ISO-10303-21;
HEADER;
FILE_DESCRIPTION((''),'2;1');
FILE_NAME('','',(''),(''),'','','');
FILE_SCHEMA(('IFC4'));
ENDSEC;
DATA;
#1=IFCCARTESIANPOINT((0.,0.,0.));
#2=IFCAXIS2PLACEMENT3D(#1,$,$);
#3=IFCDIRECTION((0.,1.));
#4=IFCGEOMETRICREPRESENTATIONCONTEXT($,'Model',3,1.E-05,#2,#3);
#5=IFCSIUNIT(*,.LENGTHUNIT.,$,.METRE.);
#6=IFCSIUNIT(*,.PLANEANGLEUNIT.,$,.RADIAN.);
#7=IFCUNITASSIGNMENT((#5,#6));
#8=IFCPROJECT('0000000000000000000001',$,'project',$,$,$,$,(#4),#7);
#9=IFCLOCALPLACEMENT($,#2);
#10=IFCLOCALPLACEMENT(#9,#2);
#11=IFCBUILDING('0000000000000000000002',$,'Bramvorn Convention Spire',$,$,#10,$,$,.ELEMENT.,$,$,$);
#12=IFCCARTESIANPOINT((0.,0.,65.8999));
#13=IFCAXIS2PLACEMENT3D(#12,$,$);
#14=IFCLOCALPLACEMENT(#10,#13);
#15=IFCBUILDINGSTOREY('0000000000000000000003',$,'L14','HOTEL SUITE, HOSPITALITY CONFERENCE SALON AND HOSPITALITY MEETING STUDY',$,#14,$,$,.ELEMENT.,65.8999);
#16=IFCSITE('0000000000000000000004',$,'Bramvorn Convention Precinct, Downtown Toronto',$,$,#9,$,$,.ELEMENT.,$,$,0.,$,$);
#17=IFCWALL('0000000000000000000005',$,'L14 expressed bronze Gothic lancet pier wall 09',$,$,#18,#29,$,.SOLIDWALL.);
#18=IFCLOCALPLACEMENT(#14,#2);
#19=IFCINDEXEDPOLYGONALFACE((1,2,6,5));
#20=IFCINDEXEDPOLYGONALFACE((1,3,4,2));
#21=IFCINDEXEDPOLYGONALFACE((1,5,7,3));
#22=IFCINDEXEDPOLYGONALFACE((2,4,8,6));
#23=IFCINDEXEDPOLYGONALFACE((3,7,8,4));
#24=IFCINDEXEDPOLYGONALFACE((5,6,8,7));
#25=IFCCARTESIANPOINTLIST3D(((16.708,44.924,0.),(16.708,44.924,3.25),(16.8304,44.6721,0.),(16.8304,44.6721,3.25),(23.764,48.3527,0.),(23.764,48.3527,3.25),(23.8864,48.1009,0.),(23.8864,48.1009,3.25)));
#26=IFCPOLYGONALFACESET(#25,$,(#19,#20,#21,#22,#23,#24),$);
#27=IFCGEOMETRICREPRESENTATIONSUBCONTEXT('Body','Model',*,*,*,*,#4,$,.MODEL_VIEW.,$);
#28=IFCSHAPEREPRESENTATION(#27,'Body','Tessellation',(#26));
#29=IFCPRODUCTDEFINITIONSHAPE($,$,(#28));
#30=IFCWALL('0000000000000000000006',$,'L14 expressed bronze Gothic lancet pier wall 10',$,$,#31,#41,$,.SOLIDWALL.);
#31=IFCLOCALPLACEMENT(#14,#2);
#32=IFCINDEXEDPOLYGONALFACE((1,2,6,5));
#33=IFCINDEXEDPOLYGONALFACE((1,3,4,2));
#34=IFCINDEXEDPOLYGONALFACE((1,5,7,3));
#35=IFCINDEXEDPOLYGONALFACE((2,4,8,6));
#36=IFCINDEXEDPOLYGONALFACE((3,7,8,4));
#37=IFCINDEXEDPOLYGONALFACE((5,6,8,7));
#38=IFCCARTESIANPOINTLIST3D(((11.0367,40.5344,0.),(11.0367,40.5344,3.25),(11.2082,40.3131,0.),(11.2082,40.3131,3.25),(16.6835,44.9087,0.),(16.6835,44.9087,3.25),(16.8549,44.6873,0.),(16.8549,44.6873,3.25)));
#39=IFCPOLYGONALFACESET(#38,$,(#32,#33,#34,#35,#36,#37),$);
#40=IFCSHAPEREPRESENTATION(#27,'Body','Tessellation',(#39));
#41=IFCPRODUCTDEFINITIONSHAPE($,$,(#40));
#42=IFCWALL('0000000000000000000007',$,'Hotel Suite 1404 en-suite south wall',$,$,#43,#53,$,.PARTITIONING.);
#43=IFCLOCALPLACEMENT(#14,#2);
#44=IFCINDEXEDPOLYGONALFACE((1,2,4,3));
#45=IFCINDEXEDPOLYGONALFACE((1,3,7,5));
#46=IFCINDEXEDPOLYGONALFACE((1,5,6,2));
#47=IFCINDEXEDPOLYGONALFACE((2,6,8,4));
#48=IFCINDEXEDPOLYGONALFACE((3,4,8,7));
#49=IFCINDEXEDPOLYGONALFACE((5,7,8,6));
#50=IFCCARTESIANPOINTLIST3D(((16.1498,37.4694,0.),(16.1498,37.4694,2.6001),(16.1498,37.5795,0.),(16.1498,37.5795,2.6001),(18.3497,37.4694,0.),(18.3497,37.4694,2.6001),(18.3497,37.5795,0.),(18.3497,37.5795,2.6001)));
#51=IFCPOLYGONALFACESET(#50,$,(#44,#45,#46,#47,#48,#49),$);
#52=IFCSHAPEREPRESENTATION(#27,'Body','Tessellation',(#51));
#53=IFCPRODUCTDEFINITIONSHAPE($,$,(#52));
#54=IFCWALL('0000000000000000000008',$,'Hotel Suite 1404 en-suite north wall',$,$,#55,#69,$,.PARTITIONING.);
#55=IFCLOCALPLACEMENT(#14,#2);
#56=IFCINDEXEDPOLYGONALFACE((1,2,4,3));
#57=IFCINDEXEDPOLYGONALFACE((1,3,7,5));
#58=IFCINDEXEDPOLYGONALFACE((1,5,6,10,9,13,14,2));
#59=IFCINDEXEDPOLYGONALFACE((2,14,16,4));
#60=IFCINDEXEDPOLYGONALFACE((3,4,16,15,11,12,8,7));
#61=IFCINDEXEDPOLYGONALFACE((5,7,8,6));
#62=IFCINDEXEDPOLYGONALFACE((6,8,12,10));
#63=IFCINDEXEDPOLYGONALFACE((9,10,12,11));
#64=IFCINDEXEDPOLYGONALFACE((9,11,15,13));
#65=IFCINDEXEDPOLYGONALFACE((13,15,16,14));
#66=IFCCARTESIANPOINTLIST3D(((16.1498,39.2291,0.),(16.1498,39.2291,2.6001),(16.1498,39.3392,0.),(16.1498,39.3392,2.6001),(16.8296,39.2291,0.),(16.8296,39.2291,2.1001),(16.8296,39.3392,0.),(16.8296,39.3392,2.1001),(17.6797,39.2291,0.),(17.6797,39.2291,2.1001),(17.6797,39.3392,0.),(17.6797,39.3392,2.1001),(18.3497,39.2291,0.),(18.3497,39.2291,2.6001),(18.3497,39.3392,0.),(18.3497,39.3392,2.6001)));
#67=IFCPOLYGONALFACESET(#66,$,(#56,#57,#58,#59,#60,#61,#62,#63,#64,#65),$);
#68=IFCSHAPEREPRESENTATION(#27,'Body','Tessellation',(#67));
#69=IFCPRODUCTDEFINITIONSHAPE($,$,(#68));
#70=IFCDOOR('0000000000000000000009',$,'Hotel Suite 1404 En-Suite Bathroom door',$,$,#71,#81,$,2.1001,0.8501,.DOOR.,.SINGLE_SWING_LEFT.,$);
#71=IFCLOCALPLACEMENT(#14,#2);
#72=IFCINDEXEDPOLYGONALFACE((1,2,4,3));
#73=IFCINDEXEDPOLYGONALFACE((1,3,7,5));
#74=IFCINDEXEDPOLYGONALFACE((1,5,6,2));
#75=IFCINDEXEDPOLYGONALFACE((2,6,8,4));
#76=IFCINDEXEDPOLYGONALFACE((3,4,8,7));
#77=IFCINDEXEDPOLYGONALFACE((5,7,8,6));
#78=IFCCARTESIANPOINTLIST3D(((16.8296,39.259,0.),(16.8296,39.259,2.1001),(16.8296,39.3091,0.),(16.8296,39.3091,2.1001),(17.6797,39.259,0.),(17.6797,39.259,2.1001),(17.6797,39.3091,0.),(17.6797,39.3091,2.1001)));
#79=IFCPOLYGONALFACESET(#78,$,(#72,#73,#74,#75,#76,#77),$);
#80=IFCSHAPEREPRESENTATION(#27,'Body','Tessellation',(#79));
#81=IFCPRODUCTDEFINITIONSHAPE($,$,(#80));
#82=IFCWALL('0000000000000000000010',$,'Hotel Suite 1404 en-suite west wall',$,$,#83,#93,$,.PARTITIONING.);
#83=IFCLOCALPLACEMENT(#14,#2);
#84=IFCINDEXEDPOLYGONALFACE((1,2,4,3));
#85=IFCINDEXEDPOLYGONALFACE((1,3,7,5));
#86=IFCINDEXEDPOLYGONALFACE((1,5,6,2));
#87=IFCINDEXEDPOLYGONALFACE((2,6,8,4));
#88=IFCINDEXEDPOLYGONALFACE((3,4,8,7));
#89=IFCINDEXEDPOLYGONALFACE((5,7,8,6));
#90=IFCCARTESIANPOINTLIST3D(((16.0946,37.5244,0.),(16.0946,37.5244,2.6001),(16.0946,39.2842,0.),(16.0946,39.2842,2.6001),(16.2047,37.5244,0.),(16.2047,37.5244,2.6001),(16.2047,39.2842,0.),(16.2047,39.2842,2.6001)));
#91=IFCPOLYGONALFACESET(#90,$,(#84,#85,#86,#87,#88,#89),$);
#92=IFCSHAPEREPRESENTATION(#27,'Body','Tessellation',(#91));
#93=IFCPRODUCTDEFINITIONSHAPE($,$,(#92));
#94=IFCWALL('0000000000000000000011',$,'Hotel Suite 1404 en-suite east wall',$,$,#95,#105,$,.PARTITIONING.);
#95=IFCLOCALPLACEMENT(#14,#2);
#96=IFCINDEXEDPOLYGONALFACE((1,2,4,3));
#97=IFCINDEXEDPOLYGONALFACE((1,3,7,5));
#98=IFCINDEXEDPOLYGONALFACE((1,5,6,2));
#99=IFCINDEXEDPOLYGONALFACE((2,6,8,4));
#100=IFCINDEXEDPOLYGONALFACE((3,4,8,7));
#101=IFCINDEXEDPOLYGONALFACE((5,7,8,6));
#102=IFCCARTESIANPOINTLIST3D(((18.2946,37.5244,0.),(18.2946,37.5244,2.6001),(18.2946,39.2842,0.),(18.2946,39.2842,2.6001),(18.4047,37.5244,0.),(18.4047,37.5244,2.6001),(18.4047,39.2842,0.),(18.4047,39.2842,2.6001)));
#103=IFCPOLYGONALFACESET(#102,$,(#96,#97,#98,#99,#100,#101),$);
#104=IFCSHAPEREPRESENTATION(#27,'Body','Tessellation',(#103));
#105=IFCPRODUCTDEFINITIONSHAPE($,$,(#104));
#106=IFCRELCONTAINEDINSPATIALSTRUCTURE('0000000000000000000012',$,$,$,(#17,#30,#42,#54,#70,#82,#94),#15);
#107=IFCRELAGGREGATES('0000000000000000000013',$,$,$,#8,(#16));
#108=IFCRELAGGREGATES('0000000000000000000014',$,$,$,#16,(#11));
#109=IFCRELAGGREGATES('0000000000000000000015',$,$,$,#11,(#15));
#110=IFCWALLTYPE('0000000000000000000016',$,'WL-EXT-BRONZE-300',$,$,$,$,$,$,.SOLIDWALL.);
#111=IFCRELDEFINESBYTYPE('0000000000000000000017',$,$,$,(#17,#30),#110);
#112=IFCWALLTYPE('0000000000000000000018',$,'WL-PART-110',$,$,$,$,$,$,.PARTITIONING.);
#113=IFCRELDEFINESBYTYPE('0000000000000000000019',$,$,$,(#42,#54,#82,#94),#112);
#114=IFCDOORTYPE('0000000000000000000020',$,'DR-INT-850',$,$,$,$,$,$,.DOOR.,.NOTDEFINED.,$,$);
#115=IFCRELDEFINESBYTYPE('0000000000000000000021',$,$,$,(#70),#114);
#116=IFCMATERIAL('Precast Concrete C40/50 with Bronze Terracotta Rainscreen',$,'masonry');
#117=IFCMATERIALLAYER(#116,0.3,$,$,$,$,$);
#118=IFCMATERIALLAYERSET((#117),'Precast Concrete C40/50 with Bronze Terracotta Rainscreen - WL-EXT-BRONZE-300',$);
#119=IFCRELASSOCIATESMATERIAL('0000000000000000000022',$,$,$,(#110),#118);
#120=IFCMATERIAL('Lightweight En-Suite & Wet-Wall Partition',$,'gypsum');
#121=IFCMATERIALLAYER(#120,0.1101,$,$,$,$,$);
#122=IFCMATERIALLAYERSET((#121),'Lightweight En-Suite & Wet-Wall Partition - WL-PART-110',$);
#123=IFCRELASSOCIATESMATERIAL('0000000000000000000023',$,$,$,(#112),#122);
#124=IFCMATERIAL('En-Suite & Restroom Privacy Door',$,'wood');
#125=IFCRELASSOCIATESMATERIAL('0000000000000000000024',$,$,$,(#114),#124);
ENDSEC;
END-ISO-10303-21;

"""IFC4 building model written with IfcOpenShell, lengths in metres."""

from ifc_helpers import new_model, si_unit, direction, frame, frame_2d, origin, place, context, subcontext, project, spatial, rectangle, extrude, material, layer, layer_set, type_object, element, fill, save


model = new_model("IFC4")

# Units and contexts
model_context = context("Model", 3, precision=1e-05, world=origin(), true_north=direction((0.0, 1.0)))
body_context = subcontext(model_context, "Body", "Model", "MODEL_VIEW")
ifc_project = project(units=[si_unit("LENGTHUNIT", "METRE"), si_unit("PLANEANGLEUNIT", "RADIAN")], contexts=[model_context])

# Site, building, storey
site_placement = place(None, origin())
site = spatial("IfcSite", under=ifc_project, at=site_placement, Name="Bramvorn Convention Precinct, Downtown Toronto", CompositionType="ELEMENT", RefElevation=0.0)
building_placement = place(site_placement, origin())
building = spatial("IfcBuilding", under=site, at=building_placement, Name="Bramvorn Convention Spire", CompositionType="ELEMENT")
storey_placement = place(building_placement, frame((0.0, 0.0, 65.8999)))
storey = spatial("IfcBuildingStorey", under=building, at=storey_placement, Name="L14", Description="HOTEL SUITE, HOSPITALITY CONFERENCE SALON AND HOSPITALITY MEETING STUDY", CompositionType="ELEMENT", Elevation=65.8999)

# Walls
ifc_material_1 = material(Name="Precast Concrete C40/50 with Bronze Terracotta Rainscreen", Category="masonry")
ifc_layer_1 = layer(ifc_material_1, 0.3)
ifc_layer_set_1 = layer_set([ifc_layer_1], Name="Precast Concrete C40/50 with Bronze Terracotta Rainscreen - WL-EXT-BRONZE-300")
wall_type_1 = type_object("IfcWallType", Name="WL-EXT-BRONZE-300", PredefinedType="SOLIDWALL", material=ifc_layer_set_1)
wall_1_placement = place(storey_placement, frame((16.7693, 44.7981, 0.0), z_axis=(0.0, 0.0, 1.0), x_axis=(0.89943, 0.437064, 0.0)))
element("IfcWall", 1, at=wall_1_placement, inside=storey, type_object=wall_type_1, Name="L14 expressed bronze Gothic lancet pier wall 09", PredefinedType="SOLIDWALL", context=body_context, shape_type="SweptSolid", body=[
    extrude(rectangle(XDim=7.845, YDim=0.28, at=frame_2d((3.9224, 0.0))), origin(), (0.0, 0.0, 1.0), 3.25),
])
wall_2_placement = place(storey_placement, frame((11.1226, 40.4238, 0.0), z_axis=(0.0, 0.0, 1.0), x_axis=(0.790547, 0.612401, 0.0)))
element("IfcWall", 2, at=wall_2_placement, inside=storey, type_object=wall_type_1, Name="L14 expressed bronze Gothic lancet pier wall 10", PredefinedType="SOLIDWALL", context=body_context, shape_type="SweptSolid", body=[
    extrude(rectangle(XDim=7.1428, YDim=0.28, at=frame_2d((3.5713, 0.0))), origin(), (0.0, 0.0, 1.0), 3.25),
])
ifc_material_2 = material(Name="Lightweight En-Suite & Wet-Wall Partition", Category="gypsum")
ifc_layer_2 = layer(ifc_material_2, 0.1101)
ifc_layer_set_2 = layer_set([ifc_layer_2], Name="Lightweight En-Suite & Wet-Wall Partition - WL-PART-110")
wall_type_2 = type_object("IfcWallType", Name="WL-PART-110", PredefinedType="PARTITIONING", material=ifc_layer_set_2)
wall_3_placement = place(storey_placement, frame((16.1497, 37.5244, 0.0), z_axis=(0.0, 0.0, 1.0), x_axis=(1.0, 0.0, 0.0)))
element("IfcWall", 3, at=wall_3_placement, inside=storey, type_object=wall_type_2, Name="Hotel Suite 1404 en-suite south wall", PredefinedType="PARTITIONING", context=body_context, shape_type="SweptSolid", body=[
    extrude(rectangle(XDim=2.2, YDim=0.1101, at=frame_2d((1.1001, 0.0))), origin(), (0.0, 0.0, 1.0), 2.6001),
])

# Wall, opening, door
wall_4_placement = place(storey_placement, frame((16.1497, 39.2842, 0.0), z_axis=(0.0, 0.0, 1.0), x_axis=(1.0, 0.0, 0.0)))
wall_4 = element("IfcWall", 4, at=wall_4_placement, inside=storey, type_object=wall_type_2, Name="Hotel Suite 1404 en-suite north wall", PredefinedType="PARTITIONING", context=body_context, shape_type="SweptSolid", body=[
    extrude(rectangle(XDim=2.2, YDim=0.1101, at=frame_2d((1.1001, 0.0))), origin(), (0.0, 0.0, 1.0), 2.6001),
])
opening_placement = place(wall_4_placement, frame((0.6799, 0.0, 0.0)))
opening = element("IfcOpeningElement", 5, at=opening_placement, cuts=wall_4, PredefinedType="OPENING", context=body_context, shape_type="SweptSolid", body=[
    extrude(rectangle(XDim=0.8501, YDim=2.1001, at=frame_2d((0.425, 1.05))), frame((0.0, 0.0649, 0.0), z_axis=(0.0, -1.0, 0.0), x_axis=(1.0, 0.0, 0.0)), (0.0, 0.0, 1.0), 0.1301),
])
ifc_material_3 = material(Name="En-Suite & Restroom Privacy Door", Category="wood")
door_type = type_object("IfcDoorType", Name="DR-INT-850", OperationType="NOTDEFINED", PredefinedType="DOOR", material=ifc_material_3)
door_placement = place(opening_placement, origin())
door = element("IfcDoor", 6, at=door_placement, inside=storey, type_object=door_type, Name="Hotel Suite 1404 En-Suite Bathroom door", OperationType="SINGLE_SWING_LEFT", OverallHeight=2.1001, OverallWidth=0.8501, PredefinedType="DOOR", context=body_context, shape_type="SweptSolid", body=[
    extrude(rectangle(XDim=0.8501, YDim=2.1001, at=frame_2d((0.425, 1.05))), frame((0.0, 0.0249, 0.0), z_axis=(0.0, -1.0, 0.0), x_axis=(1.0, 0.0, 0.0)), (0.0, 0.0, 1.0), 0.05),
])
fill(opening, door)

# Walls
for number, where, z_axis, x_axis, name in (
    (7, (16.1497, 37.5244, 0.0), (0.0, 0.0, 1.0), (0.0, 1.0, 0.0), "Hotel Suite 1404 en-suite west wall"),
    (8, (18.3496, 37.5244, 0.0), (0.0, 0.0, 1.0), (0.0, 1.0, 0.0), "Hotel Suite 1404 en-suite east wall"),
):
    element("IfcWall", number, at=place(storey_placement, frame(where, z_axis=z_axis, x_axis=x_axis)), inside=storey, type_object=wall_type_2, Name=name, PredefinedType="PARTITIONING", context=body_context, shape_type="SweptSolid", body=[
        extrude(rectangle(XDim=1.7598, YDim=0.1101, at=frame_2d((0.8799, 0.0))), origin(), (0.0, 0.0, 1.0), 2.6001),
    ])

save(model, "model.ifc")
